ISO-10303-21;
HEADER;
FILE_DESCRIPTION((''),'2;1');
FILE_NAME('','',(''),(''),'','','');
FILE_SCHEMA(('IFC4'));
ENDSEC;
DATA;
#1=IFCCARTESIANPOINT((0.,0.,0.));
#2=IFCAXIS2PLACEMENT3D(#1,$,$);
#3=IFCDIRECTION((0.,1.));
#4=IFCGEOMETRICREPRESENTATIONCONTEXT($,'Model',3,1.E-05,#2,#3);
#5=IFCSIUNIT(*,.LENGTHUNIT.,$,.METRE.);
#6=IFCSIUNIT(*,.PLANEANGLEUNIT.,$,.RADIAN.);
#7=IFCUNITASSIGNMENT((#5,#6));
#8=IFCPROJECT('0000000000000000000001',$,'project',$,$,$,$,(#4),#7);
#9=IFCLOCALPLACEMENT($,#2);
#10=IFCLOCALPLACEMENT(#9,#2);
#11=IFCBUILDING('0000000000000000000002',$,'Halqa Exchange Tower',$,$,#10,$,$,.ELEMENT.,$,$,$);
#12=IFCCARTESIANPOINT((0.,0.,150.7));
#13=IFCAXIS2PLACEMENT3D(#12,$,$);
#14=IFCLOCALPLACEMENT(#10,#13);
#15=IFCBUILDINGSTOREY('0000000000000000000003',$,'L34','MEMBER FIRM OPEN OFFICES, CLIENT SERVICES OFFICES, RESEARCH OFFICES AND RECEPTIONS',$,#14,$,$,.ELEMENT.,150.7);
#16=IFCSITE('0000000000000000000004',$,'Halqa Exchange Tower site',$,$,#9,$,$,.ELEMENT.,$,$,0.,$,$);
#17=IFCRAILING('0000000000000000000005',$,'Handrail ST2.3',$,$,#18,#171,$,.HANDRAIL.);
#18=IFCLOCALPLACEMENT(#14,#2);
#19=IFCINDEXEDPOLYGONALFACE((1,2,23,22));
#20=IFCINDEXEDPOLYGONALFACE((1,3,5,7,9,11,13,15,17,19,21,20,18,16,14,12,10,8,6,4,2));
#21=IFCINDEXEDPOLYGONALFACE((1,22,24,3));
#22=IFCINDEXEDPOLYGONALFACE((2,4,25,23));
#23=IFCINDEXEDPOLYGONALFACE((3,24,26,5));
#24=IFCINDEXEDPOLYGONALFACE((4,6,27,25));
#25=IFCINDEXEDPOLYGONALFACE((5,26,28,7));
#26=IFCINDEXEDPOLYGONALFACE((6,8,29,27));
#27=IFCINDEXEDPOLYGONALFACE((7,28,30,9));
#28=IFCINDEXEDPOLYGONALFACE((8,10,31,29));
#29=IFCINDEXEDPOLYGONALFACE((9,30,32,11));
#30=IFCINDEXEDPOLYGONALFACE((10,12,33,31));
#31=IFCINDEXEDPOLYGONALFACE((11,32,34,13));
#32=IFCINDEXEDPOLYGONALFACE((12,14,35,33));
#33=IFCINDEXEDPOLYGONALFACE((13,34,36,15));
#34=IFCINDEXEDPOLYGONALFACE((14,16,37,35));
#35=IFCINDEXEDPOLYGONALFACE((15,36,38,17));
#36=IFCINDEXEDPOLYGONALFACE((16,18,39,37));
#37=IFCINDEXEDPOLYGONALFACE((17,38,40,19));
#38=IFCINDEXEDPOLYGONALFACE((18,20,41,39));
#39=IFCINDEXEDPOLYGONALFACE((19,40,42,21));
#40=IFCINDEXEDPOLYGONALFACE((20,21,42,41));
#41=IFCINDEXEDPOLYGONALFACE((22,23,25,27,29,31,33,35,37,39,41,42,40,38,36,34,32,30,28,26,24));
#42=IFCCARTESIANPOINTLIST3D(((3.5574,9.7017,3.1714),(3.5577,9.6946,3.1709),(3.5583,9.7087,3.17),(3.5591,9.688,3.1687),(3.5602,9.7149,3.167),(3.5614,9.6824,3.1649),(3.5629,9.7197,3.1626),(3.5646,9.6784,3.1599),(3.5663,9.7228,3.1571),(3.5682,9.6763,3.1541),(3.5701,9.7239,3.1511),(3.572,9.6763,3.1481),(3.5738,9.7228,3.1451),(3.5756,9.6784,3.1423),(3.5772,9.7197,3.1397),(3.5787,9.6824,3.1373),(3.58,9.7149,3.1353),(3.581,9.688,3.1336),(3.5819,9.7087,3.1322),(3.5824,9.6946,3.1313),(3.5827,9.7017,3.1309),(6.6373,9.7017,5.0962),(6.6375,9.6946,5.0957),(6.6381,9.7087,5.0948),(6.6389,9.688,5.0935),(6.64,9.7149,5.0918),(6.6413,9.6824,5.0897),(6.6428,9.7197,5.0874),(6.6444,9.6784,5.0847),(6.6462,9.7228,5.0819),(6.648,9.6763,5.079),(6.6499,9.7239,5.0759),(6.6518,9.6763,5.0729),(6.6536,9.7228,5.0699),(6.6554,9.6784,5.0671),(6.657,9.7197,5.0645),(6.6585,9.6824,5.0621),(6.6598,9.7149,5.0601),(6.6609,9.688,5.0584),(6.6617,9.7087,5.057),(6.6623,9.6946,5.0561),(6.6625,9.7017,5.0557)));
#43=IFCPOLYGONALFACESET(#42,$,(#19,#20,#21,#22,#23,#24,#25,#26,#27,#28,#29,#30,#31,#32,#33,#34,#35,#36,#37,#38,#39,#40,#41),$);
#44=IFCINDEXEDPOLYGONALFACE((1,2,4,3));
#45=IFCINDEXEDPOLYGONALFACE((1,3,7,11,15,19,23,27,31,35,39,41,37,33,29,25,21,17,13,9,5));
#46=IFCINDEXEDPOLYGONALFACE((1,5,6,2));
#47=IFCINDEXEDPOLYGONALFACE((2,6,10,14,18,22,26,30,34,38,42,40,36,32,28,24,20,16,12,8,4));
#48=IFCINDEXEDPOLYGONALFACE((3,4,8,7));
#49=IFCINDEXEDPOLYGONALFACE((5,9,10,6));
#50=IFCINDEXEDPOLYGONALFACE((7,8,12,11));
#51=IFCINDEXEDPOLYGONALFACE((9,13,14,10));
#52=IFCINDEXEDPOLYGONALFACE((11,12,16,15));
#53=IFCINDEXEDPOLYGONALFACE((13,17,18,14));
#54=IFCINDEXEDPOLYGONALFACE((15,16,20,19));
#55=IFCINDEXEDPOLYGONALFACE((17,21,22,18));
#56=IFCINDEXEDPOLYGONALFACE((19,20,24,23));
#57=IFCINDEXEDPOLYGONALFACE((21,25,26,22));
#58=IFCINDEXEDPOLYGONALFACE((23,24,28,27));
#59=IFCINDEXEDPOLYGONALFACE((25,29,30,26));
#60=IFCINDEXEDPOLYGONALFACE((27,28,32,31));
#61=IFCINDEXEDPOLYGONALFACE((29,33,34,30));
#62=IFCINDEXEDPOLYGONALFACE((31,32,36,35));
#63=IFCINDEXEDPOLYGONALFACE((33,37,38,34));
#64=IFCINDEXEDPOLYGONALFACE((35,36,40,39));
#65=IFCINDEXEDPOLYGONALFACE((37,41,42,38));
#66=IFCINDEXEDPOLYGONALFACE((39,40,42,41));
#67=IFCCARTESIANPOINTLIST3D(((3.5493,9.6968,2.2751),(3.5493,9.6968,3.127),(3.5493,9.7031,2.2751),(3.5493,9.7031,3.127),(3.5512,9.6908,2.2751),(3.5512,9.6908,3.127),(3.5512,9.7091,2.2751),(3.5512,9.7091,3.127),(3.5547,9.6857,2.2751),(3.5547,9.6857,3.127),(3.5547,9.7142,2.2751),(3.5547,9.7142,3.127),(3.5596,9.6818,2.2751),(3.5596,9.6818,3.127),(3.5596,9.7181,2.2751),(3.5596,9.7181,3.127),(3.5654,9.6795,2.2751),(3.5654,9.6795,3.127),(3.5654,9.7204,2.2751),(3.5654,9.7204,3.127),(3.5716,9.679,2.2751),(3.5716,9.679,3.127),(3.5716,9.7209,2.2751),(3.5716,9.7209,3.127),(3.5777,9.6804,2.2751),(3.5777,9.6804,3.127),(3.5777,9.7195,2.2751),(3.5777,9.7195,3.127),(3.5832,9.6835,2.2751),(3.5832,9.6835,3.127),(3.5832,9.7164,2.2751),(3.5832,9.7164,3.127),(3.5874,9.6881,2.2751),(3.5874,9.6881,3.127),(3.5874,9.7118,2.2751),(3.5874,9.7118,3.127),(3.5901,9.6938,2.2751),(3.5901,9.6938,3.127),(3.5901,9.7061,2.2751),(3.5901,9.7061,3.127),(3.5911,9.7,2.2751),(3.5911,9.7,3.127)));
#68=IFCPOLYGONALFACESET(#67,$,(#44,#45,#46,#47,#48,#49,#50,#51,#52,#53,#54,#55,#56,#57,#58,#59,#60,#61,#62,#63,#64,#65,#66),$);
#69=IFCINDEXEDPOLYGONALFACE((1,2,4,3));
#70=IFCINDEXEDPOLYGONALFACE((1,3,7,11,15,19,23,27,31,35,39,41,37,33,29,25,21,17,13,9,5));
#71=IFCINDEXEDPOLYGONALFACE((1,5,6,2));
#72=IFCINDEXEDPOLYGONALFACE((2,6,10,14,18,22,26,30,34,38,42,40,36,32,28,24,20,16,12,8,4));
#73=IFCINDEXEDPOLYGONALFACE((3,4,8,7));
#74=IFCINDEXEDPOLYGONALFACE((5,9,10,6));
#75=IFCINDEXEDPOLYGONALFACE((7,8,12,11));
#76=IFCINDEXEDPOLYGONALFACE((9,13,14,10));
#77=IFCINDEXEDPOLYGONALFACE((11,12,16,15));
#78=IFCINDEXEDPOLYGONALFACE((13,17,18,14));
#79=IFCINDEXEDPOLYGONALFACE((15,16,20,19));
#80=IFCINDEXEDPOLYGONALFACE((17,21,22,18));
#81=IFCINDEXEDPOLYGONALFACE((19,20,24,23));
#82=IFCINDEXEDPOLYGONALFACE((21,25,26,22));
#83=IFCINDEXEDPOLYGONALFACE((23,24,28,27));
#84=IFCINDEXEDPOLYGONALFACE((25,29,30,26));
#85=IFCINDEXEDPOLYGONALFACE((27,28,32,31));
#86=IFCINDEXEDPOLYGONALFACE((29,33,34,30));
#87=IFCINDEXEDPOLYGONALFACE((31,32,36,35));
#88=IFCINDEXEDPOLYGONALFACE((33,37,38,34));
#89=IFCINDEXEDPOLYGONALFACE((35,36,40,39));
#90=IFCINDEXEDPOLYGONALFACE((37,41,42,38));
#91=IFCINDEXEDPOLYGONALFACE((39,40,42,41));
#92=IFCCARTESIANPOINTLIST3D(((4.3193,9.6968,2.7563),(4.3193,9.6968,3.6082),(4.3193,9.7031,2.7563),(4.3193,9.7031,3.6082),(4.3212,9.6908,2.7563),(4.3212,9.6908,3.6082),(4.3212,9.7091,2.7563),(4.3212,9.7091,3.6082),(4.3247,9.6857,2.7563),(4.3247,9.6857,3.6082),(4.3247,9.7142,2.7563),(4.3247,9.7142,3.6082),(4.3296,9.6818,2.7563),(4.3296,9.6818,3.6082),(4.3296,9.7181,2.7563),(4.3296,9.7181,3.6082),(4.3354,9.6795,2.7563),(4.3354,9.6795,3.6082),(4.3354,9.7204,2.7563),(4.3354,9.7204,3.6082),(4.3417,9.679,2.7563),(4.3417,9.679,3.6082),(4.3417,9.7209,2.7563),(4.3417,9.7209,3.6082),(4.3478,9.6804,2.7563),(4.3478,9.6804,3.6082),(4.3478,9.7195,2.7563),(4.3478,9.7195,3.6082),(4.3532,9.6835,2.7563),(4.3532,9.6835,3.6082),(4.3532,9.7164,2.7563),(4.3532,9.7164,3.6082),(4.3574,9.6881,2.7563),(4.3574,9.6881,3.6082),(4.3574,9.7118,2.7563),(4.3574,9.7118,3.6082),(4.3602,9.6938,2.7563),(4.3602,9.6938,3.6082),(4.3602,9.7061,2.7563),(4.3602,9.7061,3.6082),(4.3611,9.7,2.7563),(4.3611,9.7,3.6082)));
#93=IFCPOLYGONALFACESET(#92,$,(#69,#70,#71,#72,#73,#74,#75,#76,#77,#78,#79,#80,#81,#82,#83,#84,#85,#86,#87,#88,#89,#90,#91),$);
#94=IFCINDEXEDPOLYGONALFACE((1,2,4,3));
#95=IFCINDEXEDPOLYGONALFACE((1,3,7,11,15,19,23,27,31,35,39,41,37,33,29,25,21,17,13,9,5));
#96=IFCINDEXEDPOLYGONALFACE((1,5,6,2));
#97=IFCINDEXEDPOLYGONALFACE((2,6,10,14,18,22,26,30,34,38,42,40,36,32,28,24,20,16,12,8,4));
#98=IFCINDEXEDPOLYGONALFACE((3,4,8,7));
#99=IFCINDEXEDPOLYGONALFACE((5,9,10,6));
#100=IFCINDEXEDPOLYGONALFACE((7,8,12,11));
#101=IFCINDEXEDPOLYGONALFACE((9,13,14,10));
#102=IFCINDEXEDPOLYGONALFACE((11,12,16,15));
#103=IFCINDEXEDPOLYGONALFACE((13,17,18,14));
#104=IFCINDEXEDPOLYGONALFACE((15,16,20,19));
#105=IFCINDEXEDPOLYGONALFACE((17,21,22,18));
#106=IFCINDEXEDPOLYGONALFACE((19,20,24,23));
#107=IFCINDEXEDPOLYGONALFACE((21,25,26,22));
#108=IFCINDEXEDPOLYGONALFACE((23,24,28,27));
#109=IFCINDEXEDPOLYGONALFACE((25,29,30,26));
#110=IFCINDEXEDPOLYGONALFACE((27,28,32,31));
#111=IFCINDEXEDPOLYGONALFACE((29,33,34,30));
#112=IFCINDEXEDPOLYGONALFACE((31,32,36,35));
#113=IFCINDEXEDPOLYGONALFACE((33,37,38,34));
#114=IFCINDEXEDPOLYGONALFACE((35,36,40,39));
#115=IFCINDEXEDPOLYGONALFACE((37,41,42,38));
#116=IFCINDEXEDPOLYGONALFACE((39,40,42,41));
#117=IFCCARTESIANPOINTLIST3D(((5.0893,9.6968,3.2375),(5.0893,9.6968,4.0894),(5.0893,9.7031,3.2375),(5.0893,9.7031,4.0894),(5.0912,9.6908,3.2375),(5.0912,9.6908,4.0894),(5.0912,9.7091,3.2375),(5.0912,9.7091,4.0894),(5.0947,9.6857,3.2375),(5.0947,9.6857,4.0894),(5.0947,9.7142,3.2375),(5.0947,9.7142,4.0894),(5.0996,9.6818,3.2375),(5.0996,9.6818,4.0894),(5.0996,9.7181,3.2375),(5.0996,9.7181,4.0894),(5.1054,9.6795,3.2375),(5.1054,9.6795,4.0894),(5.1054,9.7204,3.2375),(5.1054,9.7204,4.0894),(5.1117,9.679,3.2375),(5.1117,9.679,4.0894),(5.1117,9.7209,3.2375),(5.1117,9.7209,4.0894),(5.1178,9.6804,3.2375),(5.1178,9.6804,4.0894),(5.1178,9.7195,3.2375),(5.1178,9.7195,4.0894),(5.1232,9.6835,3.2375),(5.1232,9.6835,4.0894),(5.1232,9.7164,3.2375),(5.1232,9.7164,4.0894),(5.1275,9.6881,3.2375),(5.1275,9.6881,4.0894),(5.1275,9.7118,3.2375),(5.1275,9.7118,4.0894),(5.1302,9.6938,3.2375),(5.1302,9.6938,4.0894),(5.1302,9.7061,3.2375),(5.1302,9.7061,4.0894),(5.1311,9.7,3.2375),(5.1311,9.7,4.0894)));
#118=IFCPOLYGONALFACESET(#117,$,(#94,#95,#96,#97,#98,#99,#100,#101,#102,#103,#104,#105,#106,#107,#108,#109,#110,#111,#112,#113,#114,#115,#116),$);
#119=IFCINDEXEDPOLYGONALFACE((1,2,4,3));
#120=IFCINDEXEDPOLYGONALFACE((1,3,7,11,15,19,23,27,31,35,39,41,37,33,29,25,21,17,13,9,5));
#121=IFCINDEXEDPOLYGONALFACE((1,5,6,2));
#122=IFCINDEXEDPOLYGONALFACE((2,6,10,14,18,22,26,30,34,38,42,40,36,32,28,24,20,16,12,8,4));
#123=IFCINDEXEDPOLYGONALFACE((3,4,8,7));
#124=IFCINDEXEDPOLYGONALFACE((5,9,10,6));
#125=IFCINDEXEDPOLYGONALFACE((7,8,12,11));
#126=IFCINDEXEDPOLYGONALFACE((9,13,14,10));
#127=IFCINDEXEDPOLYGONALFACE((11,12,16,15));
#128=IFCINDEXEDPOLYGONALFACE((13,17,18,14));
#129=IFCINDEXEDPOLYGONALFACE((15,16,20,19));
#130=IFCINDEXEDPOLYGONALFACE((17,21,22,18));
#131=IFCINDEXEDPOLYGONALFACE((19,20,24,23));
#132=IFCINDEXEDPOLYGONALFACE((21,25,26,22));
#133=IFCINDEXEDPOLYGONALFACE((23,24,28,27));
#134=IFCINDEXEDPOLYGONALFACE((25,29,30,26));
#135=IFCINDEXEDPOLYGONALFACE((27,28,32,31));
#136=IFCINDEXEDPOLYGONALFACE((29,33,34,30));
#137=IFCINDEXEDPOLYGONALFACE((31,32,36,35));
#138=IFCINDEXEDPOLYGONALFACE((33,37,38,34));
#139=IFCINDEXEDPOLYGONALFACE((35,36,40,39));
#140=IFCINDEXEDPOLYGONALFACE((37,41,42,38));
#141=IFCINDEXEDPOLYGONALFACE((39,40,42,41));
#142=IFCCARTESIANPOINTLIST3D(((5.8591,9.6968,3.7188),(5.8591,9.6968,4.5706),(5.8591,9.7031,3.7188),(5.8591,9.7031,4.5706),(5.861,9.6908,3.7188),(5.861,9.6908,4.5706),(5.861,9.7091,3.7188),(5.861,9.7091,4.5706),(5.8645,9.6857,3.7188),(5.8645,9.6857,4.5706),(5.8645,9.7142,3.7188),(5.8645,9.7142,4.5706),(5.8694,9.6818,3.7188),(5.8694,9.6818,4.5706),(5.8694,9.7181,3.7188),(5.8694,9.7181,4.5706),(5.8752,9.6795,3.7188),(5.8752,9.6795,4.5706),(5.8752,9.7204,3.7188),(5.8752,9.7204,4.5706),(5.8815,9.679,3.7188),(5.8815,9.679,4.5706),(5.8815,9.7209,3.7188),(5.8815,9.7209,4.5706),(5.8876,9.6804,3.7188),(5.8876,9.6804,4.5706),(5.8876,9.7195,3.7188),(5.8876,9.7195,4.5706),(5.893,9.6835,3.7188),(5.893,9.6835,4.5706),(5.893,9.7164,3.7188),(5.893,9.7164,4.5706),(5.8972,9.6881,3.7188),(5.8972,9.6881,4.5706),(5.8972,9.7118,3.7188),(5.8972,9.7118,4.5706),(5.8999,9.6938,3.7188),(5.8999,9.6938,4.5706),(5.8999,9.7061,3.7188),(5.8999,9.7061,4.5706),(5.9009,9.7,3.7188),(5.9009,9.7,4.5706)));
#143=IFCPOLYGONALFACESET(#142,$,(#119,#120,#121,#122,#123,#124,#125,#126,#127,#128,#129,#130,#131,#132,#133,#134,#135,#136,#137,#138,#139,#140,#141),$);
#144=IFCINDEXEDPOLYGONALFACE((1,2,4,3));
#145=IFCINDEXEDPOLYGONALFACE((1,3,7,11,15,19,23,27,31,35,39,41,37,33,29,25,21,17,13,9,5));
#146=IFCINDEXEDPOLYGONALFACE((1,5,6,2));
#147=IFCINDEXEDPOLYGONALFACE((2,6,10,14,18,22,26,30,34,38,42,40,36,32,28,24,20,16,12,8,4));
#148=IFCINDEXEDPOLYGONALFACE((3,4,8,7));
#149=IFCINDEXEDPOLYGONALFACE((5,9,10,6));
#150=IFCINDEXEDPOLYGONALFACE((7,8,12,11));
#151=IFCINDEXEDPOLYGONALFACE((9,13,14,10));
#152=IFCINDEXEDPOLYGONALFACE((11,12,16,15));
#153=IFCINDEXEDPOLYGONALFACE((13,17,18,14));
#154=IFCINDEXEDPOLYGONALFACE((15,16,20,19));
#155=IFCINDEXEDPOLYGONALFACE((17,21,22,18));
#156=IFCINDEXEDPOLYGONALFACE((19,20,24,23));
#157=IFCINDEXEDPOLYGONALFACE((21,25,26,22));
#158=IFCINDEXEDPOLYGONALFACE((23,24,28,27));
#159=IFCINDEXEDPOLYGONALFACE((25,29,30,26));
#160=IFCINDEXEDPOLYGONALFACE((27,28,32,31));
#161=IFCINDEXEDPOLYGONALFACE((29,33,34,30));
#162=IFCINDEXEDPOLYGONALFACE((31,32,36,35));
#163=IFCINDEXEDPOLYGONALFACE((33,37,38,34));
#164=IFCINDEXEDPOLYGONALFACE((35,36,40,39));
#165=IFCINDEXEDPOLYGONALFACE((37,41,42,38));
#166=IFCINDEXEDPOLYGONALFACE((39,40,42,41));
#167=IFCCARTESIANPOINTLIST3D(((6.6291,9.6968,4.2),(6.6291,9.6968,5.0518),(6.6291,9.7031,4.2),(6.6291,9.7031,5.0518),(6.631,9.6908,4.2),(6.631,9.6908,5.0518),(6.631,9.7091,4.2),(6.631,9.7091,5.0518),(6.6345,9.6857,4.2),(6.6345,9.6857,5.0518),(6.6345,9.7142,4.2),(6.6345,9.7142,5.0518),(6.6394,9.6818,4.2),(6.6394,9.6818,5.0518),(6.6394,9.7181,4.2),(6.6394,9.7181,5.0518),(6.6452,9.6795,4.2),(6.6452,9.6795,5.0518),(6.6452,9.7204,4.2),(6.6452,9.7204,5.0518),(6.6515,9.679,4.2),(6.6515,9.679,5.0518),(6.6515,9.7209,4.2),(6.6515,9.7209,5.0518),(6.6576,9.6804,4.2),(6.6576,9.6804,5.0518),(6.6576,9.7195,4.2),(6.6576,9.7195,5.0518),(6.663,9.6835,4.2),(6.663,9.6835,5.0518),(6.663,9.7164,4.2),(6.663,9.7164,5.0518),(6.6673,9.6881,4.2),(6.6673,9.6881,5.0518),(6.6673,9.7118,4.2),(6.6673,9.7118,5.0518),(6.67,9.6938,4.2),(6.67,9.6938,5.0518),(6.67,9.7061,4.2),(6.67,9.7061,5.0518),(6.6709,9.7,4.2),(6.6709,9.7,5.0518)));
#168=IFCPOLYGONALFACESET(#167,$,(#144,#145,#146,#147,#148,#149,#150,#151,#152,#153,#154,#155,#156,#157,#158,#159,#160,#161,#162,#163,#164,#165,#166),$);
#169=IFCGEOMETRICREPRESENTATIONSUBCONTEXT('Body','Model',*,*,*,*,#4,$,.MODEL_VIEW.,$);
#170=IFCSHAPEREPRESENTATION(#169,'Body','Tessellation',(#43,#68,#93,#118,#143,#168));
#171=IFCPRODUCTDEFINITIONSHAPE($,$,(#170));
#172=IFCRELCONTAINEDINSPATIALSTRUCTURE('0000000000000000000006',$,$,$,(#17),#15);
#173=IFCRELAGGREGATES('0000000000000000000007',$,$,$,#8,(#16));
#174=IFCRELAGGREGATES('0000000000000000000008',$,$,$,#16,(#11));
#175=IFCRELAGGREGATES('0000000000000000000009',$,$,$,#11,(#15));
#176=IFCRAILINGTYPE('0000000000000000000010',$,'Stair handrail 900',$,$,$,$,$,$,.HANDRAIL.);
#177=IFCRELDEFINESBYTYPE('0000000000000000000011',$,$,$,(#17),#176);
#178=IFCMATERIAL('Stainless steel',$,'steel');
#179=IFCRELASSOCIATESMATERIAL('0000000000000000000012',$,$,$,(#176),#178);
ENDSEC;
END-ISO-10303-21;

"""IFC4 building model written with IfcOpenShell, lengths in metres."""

from ifc_helpers import new_model, si_unit, direction, frame, origin, origin_2d, place, context, subcontext, project, spatial, circle, extrude, material, type_object, element, save


model = new_model("IFC4")

# Units and contexts
model_context = context("Model", 3, precision=1e-05, world=origin(), true_north=direction((0.0, 1.0)))
body_context = subcontext(model_context, "Body", "Model", "MODEL_VIEW")
ifc_project = project(units=[si_unit("LENGTHUNIT", "METRE"), si_unit("PLANEANGLEUNIT", "RADIAN")], contexts=[model_context])

# Site, building, storey
site_placement = place(None, origin())
site = spatial("IfcSite", under=ifc_project, at=site_placement, Name="Halqa Exchange Tower site", CompositionType="ELEMENT", RefElevation=0.0)
building_placement = place(site_placement, origin())
building = spatial("IfcBuilding", under=site, at=building_placement, Name="Halqa Exchange Tower", CompositionType="ELEMENT")
storey_placement = place(building_placement, frame((0.0, 0.0, 150.7)))
storey = spatial("IfcBuildingStorey", under=building, at=storey_placement, Name="L34", Description="MEMBER FIRM OPEN OFFICES, CLIENT SERVICES OFFICES, RESEARCH OFFICES AND RECEPTIONS", CompositionType="ELEMENT", Elevation=150.7)

# Railing
ifc_material_1 = material(Name="Stainless steel", Category="steel")
railing_type_1 = type_object("IfcRailingType", Name="Stair handrail 900", PredefinedType="HANDRAIL", material=ifc_material_1)
railing_1_placement = place(storey_placement, frame((3.5701, 9.7, 2.2751)))
element("IfcRailing", 1, at=railing_1_placement, inside=storey, type_object=railing_type_1, Name="Handrail ST2.3", PredefinedType="HANDRAIL", context=body_context, shape_type="SweptSolid", body=[
    extrude(circle(Radius=0.0239, at=origin_2d()), frame((0.0, 0.0, 0.876), z_axis=(0.84801, 0.0, 0.529981), x_axis=(0.0, 1.0, 0.0)), (0.0, 0.0, 1.0), 3.6318),
    extrude(circle(Radius=0.021, at=origin_2d()), origin(), (0.0, 0.0, 1.0), 0.8518),
    extrude(circle(Radius=0.021, at=origin_2d()), frame((0.77, 0.0, 0.4812)), (0.0, 0.0, 1.0), 0.8518),
    extrude(circle(Radius=0.021, at=origin_2d()), frame((1.54, 0.0, 0.9624)), (0.0, 0.0, 1.0), 0.8518),
    extrude(circle(Radius=0.021, at=origin_2d()), frame((2.3098, 0.0, 1.4436)), (0.0, 0.0, 1.0), 0.8518),
    extrude(circle(Radius=0.021, at=origin_2d()), frame((3.0798, 0.0, 1.9248)), (0.0, 0.0, 1.0), 0.8518),
])

save(model, "model.ifc")
